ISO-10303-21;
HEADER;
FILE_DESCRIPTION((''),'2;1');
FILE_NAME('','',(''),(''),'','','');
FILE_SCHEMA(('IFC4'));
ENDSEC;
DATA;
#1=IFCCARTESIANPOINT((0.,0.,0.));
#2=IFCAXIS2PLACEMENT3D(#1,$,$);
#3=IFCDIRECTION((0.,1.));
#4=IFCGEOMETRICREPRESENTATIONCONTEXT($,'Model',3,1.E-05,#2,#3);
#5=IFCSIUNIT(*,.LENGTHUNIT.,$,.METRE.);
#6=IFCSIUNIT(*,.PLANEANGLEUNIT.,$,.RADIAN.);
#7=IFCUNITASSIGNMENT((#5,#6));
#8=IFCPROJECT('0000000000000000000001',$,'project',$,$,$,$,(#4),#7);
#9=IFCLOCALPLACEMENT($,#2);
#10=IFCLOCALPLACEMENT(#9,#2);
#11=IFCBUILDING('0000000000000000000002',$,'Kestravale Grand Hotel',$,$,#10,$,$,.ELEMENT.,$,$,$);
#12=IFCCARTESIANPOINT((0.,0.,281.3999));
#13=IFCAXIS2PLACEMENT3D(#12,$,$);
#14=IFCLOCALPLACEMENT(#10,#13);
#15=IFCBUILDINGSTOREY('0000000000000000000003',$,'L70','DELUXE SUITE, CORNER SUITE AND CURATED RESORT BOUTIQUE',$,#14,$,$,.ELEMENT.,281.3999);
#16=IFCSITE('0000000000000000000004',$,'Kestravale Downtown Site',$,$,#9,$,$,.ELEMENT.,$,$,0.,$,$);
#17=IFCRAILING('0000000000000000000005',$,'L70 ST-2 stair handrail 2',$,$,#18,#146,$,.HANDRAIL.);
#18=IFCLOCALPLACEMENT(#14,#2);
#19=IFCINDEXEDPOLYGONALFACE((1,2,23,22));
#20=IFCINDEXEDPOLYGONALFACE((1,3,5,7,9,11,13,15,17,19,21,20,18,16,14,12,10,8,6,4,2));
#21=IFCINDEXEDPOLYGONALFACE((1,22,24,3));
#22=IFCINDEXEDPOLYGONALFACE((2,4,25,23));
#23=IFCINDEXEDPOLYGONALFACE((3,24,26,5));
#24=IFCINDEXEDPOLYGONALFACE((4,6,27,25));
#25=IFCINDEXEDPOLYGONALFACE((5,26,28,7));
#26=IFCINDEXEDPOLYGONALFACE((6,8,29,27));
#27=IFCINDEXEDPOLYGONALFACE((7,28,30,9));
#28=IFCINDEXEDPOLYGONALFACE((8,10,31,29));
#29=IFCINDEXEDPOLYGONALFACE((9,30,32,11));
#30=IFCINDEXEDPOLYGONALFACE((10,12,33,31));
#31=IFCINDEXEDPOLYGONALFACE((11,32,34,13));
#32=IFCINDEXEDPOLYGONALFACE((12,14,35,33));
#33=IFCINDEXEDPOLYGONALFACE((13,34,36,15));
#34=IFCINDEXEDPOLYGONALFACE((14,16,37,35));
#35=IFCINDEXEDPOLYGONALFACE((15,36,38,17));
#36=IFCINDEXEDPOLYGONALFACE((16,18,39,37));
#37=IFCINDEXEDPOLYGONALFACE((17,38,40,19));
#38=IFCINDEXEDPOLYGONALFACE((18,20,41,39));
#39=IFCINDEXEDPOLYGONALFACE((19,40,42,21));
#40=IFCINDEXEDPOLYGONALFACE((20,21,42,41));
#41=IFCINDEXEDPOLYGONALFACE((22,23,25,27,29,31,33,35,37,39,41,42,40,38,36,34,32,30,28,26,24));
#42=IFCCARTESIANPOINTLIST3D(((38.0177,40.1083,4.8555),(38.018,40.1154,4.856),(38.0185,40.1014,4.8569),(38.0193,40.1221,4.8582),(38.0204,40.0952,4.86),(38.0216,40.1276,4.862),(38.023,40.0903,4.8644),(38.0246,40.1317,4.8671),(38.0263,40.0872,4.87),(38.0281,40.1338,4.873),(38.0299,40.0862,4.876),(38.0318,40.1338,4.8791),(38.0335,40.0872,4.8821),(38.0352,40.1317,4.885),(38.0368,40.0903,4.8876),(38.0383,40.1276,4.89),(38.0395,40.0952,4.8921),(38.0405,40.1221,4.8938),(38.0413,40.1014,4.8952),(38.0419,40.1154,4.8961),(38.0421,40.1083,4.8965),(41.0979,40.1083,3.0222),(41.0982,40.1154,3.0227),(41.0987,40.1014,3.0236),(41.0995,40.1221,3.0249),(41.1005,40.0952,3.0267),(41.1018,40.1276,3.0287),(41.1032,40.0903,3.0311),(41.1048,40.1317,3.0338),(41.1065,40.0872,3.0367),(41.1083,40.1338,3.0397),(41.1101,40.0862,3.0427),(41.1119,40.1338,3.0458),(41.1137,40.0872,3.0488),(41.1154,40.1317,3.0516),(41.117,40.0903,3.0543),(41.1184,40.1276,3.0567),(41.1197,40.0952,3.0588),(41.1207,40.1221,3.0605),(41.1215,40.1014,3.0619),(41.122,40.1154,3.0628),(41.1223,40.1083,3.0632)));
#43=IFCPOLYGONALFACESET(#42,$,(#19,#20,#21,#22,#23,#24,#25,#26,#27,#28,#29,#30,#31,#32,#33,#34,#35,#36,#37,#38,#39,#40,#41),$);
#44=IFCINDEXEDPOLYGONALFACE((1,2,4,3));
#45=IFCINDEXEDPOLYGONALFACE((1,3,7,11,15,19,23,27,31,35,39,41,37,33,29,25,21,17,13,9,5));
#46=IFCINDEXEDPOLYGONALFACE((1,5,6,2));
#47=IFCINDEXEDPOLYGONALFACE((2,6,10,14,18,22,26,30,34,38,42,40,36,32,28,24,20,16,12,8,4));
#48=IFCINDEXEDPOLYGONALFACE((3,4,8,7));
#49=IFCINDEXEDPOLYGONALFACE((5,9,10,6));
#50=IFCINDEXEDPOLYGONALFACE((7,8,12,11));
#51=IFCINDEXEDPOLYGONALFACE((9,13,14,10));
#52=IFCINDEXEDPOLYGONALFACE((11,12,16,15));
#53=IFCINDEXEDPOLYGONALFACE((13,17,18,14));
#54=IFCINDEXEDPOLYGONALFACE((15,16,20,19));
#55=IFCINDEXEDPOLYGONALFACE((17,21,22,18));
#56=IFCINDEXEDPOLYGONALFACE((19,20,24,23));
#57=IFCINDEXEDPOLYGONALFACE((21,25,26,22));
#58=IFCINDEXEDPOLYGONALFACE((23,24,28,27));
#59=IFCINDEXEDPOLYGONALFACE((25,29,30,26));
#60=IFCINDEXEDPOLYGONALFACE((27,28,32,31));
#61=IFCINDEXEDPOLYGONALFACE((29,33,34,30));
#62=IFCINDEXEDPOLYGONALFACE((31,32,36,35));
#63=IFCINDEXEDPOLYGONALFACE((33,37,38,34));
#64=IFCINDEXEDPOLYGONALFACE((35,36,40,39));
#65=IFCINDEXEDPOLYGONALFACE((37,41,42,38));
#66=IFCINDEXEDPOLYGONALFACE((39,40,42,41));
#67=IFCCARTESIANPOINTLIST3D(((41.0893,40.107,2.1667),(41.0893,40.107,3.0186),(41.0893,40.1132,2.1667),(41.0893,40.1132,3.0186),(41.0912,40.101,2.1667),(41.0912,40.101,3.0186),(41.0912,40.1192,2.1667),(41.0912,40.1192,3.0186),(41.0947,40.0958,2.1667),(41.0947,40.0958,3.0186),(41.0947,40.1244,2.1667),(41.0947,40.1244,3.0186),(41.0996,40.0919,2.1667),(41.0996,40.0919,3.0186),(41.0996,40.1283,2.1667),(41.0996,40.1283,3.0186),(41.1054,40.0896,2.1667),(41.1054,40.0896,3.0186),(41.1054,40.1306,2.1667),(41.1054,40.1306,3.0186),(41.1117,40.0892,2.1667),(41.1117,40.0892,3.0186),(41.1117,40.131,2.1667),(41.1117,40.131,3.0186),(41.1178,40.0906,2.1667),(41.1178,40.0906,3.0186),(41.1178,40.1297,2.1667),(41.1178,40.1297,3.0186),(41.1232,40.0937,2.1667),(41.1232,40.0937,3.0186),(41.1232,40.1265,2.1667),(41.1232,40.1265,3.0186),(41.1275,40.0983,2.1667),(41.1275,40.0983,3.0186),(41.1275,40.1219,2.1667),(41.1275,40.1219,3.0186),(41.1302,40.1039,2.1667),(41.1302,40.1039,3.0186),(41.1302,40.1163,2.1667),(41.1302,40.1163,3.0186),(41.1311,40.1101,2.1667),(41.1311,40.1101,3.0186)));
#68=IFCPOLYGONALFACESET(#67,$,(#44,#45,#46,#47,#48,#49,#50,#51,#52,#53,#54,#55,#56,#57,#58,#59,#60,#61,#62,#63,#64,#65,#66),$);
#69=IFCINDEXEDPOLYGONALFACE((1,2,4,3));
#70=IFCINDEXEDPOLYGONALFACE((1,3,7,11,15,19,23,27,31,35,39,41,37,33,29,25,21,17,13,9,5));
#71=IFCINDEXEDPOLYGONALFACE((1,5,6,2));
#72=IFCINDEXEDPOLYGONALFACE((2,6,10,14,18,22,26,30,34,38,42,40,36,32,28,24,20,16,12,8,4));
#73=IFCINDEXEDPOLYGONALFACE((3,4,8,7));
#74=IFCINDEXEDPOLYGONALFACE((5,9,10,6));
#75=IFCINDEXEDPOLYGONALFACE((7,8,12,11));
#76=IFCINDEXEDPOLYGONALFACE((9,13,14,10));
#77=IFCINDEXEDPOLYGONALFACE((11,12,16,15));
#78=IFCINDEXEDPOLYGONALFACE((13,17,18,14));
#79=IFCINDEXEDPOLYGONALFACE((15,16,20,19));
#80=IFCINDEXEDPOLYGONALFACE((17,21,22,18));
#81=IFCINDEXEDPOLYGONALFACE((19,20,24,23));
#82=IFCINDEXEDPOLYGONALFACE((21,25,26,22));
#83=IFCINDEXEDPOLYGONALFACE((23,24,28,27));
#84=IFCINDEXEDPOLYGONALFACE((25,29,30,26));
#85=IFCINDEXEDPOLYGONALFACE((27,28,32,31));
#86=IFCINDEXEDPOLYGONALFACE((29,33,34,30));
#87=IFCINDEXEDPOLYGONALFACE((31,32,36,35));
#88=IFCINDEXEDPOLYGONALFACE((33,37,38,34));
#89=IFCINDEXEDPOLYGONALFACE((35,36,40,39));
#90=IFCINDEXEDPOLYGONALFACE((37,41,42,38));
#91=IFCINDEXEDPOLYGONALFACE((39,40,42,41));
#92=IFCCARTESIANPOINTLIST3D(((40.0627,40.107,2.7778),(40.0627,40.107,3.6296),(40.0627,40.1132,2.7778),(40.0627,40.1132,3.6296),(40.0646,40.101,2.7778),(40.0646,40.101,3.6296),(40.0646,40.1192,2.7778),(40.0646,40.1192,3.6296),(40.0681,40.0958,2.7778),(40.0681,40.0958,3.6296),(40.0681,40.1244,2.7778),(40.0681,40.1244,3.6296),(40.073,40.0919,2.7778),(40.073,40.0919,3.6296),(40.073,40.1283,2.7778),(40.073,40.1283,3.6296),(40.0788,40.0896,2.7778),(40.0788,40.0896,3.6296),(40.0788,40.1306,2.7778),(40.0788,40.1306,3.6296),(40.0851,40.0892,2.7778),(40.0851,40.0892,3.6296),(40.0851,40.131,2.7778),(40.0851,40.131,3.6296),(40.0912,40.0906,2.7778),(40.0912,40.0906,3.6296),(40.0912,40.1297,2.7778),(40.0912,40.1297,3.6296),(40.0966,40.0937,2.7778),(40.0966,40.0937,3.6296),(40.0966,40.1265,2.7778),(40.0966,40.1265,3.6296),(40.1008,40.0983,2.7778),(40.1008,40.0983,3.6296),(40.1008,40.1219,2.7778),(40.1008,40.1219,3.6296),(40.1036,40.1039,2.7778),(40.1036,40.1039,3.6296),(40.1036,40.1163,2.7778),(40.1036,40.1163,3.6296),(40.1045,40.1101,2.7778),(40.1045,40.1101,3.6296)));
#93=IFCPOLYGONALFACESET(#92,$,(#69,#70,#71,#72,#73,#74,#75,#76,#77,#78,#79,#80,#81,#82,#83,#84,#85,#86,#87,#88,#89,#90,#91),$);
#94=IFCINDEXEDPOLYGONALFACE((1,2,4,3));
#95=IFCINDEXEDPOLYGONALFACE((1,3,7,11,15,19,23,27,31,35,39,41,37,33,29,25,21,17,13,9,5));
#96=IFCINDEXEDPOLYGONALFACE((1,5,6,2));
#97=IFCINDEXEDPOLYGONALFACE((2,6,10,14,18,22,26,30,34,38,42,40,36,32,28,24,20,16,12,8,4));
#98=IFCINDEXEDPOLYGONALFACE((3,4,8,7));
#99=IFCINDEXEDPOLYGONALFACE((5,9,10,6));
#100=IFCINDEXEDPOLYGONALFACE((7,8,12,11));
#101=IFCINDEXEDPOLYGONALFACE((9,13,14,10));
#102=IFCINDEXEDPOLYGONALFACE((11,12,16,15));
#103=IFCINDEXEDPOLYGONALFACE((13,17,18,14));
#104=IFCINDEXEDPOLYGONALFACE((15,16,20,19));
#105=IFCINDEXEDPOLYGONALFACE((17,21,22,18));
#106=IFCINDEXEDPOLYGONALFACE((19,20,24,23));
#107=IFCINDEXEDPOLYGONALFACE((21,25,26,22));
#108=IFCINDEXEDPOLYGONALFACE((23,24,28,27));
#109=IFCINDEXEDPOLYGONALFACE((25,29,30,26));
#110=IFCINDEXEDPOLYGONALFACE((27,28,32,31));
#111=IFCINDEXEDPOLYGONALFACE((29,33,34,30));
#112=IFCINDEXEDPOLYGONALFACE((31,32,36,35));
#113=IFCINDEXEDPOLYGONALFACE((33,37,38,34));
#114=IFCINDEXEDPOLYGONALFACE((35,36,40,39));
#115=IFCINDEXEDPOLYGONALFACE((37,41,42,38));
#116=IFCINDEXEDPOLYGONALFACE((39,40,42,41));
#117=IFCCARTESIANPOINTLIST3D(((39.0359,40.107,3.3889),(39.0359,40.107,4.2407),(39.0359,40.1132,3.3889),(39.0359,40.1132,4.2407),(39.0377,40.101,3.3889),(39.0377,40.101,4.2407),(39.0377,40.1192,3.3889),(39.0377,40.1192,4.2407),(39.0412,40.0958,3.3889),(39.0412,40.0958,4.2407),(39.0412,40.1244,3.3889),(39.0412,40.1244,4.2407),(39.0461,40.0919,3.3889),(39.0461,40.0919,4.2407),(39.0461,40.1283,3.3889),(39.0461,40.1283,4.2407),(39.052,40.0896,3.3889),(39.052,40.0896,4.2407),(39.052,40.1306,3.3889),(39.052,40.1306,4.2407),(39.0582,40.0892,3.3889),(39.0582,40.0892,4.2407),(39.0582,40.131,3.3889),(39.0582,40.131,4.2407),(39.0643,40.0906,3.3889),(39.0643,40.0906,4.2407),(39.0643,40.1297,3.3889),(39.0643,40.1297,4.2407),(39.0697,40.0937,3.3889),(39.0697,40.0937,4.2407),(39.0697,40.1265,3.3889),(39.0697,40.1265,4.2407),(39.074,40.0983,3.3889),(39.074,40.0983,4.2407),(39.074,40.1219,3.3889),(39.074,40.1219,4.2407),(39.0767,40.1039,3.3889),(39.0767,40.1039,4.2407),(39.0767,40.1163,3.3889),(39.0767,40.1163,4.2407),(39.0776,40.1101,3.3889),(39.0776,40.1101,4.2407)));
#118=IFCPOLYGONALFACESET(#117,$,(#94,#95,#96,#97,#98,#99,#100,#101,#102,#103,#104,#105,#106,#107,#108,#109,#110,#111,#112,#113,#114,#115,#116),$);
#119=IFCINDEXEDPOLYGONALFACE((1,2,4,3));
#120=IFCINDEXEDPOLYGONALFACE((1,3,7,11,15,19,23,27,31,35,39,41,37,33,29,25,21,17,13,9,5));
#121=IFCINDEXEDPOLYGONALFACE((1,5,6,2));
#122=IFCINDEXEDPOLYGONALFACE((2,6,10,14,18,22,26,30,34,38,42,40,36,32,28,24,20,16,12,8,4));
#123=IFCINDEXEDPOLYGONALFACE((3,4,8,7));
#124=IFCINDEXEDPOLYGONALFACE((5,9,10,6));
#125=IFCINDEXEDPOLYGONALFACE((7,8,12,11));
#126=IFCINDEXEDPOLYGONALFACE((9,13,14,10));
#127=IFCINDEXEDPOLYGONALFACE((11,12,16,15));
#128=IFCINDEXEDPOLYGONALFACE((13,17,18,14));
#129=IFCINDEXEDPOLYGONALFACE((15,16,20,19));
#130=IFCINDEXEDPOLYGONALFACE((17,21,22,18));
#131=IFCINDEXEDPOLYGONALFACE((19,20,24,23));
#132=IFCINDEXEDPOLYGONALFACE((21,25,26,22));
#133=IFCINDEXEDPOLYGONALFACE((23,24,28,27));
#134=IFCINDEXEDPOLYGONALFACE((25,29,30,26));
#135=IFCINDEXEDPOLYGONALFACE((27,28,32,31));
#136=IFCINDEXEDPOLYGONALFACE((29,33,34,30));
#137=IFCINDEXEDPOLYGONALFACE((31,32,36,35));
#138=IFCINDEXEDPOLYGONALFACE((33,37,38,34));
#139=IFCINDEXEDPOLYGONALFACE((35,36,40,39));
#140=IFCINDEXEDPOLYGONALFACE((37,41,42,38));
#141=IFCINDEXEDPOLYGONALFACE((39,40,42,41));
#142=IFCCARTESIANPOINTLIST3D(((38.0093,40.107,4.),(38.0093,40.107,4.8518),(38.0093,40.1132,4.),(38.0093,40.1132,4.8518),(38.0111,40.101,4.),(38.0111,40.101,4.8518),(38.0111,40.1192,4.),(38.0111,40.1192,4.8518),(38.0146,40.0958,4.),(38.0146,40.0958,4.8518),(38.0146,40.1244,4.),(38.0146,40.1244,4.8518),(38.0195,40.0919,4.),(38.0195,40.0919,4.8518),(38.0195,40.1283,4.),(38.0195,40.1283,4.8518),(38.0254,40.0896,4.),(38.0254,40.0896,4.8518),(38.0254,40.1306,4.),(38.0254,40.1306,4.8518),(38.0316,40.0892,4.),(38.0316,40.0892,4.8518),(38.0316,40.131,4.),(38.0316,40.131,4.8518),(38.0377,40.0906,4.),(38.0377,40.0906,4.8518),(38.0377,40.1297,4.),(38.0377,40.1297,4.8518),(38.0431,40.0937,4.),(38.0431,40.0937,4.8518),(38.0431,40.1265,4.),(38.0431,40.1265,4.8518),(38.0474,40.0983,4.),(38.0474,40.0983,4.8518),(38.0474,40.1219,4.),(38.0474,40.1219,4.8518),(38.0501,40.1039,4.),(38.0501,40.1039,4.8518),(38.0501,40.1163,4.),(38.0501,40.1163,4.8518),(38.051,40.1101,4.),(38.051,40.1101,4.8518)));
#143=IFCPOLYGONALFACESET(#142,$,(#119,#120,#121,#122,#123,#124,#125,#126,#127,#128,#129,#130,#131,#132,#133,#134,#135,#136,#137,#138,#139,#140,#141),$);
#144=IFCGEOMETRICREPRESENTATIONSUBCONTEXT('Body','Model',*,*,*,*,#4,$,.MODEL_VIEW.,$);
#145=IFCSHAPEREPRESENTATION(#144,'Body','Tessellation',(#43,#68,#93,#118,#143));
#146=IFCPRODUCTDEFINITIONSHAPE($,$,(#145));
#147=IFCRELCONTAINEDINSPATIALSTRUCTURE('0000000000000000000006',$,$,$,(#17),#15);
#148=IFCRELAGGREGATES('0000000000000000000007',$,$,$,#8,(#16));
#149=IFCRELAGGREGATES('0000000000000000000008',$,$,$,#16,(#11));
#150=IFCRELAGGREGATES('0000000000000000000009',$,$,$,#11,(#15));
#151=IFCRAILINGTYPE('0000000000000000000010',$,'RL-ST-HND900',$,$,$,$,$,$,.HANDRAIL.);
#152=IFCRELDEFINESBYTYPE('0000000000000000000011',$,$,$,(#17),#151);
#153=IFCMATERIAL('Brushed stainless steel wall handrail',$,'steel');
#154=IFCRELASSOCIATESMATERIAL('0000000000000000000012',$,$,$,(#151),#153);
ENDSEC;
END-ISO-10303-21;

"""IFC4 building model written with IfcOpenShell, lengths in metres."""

from ifc_helpers import new_model, si_unit, direction, frame, origin, origin_2d, place, context, subcontext, project, spatial, circle, extrude, material, type_object, element, save


model = new_model("IFC4")

# Units and contexts
model_context = context("Model", 3, precision=1e-05, world=origin(), true_north=direction((0.0, 1.0)))
body_context = subcontext(model_context, "Body", "Model", "MODEL_VIEW")
ifc_project = project(units=[si_unit("LENGTHUNIT", "METRE"), si_unit("PLANEANGLEUNIT", "RADIAN")], contexts=[model_context])

# Site, building, storey
site_placement = place(None, origin())
site = spatial("IfcSite", under=ifc_project, at=site_placement, Name="Kestravale Downtown Site", CompositionType="ELEMENT", RefElevation=0.0)
building_placement = place(site_placement, origin())
building = spatial("IfcBuilding", under=site, at=building_placement, Name="Kestravale Grand Hotel", CompositionType="ELEMENT")
storey_placement = place(building_placement, frame((0.0, 0.0, 281.3999)))
storey = spatial("IfcBuildingStorey", under=building, at=storey_placement, Name="L70", Description="DELUXE SUITE, CORNER SUITE AND CURATED RESORT BOUTIQUE", CompositionType="ELEMENT", Elevation=281.3999)

# Railing
ifc_material_1 = material(Name="Brushed stainless steel wall handrail", Category="steel")
railing_type_1 = type_object("IfcRailingType", Name="RL-ST-HND900", PredefinedType="HANDRAIL", material=ifc_material_1)
railing_1_placement = place(storey_placement, frame((41.1101, 40.1101, 2.1667)))
element("IfcRailing", 1, at=railing_1_placement, inside=storey, type_object=railing_type_1, Name="L70 ST-2 stair handrail 2", PredefinedType="HANDRAIL", context=body_context, shape_type="SweptSolid", body=[
    extrude(circle(Radius=0.0239, at=origin_2d()), frame((0.0, 0.0, 0.876), z_axis=(-0.859309, 0.0, 0.511458), x_axis=(0.0, -1.0, 0.0)), (0.0, 0.0, 1.0), 3.5845),
    extrude(circle(Radius=0.021, at=origin_2d()), origin(), (0.0, 0.0, 1.0), 0.8518),
    extrude(circle(Radius=0.021, at=origin_2d()), frame((-1.0266, 0.0, 0.6111)), (0.0, 0.0, 1.0), 0.8518),
    extrude(circle(Radius=0.021, at=origin_2d()), frame((-2.0535, 0.0, 1.2222)), (0.0, 0.0, 1.0), 0.8518),
    extrude(circle(Radius=0.021, at=origin_2d()), frame((-3.0801, 0.0, 1.8333)), (0.0, 0.0, 1.0), 0.8518),
])

save(model, "model.ifc")
